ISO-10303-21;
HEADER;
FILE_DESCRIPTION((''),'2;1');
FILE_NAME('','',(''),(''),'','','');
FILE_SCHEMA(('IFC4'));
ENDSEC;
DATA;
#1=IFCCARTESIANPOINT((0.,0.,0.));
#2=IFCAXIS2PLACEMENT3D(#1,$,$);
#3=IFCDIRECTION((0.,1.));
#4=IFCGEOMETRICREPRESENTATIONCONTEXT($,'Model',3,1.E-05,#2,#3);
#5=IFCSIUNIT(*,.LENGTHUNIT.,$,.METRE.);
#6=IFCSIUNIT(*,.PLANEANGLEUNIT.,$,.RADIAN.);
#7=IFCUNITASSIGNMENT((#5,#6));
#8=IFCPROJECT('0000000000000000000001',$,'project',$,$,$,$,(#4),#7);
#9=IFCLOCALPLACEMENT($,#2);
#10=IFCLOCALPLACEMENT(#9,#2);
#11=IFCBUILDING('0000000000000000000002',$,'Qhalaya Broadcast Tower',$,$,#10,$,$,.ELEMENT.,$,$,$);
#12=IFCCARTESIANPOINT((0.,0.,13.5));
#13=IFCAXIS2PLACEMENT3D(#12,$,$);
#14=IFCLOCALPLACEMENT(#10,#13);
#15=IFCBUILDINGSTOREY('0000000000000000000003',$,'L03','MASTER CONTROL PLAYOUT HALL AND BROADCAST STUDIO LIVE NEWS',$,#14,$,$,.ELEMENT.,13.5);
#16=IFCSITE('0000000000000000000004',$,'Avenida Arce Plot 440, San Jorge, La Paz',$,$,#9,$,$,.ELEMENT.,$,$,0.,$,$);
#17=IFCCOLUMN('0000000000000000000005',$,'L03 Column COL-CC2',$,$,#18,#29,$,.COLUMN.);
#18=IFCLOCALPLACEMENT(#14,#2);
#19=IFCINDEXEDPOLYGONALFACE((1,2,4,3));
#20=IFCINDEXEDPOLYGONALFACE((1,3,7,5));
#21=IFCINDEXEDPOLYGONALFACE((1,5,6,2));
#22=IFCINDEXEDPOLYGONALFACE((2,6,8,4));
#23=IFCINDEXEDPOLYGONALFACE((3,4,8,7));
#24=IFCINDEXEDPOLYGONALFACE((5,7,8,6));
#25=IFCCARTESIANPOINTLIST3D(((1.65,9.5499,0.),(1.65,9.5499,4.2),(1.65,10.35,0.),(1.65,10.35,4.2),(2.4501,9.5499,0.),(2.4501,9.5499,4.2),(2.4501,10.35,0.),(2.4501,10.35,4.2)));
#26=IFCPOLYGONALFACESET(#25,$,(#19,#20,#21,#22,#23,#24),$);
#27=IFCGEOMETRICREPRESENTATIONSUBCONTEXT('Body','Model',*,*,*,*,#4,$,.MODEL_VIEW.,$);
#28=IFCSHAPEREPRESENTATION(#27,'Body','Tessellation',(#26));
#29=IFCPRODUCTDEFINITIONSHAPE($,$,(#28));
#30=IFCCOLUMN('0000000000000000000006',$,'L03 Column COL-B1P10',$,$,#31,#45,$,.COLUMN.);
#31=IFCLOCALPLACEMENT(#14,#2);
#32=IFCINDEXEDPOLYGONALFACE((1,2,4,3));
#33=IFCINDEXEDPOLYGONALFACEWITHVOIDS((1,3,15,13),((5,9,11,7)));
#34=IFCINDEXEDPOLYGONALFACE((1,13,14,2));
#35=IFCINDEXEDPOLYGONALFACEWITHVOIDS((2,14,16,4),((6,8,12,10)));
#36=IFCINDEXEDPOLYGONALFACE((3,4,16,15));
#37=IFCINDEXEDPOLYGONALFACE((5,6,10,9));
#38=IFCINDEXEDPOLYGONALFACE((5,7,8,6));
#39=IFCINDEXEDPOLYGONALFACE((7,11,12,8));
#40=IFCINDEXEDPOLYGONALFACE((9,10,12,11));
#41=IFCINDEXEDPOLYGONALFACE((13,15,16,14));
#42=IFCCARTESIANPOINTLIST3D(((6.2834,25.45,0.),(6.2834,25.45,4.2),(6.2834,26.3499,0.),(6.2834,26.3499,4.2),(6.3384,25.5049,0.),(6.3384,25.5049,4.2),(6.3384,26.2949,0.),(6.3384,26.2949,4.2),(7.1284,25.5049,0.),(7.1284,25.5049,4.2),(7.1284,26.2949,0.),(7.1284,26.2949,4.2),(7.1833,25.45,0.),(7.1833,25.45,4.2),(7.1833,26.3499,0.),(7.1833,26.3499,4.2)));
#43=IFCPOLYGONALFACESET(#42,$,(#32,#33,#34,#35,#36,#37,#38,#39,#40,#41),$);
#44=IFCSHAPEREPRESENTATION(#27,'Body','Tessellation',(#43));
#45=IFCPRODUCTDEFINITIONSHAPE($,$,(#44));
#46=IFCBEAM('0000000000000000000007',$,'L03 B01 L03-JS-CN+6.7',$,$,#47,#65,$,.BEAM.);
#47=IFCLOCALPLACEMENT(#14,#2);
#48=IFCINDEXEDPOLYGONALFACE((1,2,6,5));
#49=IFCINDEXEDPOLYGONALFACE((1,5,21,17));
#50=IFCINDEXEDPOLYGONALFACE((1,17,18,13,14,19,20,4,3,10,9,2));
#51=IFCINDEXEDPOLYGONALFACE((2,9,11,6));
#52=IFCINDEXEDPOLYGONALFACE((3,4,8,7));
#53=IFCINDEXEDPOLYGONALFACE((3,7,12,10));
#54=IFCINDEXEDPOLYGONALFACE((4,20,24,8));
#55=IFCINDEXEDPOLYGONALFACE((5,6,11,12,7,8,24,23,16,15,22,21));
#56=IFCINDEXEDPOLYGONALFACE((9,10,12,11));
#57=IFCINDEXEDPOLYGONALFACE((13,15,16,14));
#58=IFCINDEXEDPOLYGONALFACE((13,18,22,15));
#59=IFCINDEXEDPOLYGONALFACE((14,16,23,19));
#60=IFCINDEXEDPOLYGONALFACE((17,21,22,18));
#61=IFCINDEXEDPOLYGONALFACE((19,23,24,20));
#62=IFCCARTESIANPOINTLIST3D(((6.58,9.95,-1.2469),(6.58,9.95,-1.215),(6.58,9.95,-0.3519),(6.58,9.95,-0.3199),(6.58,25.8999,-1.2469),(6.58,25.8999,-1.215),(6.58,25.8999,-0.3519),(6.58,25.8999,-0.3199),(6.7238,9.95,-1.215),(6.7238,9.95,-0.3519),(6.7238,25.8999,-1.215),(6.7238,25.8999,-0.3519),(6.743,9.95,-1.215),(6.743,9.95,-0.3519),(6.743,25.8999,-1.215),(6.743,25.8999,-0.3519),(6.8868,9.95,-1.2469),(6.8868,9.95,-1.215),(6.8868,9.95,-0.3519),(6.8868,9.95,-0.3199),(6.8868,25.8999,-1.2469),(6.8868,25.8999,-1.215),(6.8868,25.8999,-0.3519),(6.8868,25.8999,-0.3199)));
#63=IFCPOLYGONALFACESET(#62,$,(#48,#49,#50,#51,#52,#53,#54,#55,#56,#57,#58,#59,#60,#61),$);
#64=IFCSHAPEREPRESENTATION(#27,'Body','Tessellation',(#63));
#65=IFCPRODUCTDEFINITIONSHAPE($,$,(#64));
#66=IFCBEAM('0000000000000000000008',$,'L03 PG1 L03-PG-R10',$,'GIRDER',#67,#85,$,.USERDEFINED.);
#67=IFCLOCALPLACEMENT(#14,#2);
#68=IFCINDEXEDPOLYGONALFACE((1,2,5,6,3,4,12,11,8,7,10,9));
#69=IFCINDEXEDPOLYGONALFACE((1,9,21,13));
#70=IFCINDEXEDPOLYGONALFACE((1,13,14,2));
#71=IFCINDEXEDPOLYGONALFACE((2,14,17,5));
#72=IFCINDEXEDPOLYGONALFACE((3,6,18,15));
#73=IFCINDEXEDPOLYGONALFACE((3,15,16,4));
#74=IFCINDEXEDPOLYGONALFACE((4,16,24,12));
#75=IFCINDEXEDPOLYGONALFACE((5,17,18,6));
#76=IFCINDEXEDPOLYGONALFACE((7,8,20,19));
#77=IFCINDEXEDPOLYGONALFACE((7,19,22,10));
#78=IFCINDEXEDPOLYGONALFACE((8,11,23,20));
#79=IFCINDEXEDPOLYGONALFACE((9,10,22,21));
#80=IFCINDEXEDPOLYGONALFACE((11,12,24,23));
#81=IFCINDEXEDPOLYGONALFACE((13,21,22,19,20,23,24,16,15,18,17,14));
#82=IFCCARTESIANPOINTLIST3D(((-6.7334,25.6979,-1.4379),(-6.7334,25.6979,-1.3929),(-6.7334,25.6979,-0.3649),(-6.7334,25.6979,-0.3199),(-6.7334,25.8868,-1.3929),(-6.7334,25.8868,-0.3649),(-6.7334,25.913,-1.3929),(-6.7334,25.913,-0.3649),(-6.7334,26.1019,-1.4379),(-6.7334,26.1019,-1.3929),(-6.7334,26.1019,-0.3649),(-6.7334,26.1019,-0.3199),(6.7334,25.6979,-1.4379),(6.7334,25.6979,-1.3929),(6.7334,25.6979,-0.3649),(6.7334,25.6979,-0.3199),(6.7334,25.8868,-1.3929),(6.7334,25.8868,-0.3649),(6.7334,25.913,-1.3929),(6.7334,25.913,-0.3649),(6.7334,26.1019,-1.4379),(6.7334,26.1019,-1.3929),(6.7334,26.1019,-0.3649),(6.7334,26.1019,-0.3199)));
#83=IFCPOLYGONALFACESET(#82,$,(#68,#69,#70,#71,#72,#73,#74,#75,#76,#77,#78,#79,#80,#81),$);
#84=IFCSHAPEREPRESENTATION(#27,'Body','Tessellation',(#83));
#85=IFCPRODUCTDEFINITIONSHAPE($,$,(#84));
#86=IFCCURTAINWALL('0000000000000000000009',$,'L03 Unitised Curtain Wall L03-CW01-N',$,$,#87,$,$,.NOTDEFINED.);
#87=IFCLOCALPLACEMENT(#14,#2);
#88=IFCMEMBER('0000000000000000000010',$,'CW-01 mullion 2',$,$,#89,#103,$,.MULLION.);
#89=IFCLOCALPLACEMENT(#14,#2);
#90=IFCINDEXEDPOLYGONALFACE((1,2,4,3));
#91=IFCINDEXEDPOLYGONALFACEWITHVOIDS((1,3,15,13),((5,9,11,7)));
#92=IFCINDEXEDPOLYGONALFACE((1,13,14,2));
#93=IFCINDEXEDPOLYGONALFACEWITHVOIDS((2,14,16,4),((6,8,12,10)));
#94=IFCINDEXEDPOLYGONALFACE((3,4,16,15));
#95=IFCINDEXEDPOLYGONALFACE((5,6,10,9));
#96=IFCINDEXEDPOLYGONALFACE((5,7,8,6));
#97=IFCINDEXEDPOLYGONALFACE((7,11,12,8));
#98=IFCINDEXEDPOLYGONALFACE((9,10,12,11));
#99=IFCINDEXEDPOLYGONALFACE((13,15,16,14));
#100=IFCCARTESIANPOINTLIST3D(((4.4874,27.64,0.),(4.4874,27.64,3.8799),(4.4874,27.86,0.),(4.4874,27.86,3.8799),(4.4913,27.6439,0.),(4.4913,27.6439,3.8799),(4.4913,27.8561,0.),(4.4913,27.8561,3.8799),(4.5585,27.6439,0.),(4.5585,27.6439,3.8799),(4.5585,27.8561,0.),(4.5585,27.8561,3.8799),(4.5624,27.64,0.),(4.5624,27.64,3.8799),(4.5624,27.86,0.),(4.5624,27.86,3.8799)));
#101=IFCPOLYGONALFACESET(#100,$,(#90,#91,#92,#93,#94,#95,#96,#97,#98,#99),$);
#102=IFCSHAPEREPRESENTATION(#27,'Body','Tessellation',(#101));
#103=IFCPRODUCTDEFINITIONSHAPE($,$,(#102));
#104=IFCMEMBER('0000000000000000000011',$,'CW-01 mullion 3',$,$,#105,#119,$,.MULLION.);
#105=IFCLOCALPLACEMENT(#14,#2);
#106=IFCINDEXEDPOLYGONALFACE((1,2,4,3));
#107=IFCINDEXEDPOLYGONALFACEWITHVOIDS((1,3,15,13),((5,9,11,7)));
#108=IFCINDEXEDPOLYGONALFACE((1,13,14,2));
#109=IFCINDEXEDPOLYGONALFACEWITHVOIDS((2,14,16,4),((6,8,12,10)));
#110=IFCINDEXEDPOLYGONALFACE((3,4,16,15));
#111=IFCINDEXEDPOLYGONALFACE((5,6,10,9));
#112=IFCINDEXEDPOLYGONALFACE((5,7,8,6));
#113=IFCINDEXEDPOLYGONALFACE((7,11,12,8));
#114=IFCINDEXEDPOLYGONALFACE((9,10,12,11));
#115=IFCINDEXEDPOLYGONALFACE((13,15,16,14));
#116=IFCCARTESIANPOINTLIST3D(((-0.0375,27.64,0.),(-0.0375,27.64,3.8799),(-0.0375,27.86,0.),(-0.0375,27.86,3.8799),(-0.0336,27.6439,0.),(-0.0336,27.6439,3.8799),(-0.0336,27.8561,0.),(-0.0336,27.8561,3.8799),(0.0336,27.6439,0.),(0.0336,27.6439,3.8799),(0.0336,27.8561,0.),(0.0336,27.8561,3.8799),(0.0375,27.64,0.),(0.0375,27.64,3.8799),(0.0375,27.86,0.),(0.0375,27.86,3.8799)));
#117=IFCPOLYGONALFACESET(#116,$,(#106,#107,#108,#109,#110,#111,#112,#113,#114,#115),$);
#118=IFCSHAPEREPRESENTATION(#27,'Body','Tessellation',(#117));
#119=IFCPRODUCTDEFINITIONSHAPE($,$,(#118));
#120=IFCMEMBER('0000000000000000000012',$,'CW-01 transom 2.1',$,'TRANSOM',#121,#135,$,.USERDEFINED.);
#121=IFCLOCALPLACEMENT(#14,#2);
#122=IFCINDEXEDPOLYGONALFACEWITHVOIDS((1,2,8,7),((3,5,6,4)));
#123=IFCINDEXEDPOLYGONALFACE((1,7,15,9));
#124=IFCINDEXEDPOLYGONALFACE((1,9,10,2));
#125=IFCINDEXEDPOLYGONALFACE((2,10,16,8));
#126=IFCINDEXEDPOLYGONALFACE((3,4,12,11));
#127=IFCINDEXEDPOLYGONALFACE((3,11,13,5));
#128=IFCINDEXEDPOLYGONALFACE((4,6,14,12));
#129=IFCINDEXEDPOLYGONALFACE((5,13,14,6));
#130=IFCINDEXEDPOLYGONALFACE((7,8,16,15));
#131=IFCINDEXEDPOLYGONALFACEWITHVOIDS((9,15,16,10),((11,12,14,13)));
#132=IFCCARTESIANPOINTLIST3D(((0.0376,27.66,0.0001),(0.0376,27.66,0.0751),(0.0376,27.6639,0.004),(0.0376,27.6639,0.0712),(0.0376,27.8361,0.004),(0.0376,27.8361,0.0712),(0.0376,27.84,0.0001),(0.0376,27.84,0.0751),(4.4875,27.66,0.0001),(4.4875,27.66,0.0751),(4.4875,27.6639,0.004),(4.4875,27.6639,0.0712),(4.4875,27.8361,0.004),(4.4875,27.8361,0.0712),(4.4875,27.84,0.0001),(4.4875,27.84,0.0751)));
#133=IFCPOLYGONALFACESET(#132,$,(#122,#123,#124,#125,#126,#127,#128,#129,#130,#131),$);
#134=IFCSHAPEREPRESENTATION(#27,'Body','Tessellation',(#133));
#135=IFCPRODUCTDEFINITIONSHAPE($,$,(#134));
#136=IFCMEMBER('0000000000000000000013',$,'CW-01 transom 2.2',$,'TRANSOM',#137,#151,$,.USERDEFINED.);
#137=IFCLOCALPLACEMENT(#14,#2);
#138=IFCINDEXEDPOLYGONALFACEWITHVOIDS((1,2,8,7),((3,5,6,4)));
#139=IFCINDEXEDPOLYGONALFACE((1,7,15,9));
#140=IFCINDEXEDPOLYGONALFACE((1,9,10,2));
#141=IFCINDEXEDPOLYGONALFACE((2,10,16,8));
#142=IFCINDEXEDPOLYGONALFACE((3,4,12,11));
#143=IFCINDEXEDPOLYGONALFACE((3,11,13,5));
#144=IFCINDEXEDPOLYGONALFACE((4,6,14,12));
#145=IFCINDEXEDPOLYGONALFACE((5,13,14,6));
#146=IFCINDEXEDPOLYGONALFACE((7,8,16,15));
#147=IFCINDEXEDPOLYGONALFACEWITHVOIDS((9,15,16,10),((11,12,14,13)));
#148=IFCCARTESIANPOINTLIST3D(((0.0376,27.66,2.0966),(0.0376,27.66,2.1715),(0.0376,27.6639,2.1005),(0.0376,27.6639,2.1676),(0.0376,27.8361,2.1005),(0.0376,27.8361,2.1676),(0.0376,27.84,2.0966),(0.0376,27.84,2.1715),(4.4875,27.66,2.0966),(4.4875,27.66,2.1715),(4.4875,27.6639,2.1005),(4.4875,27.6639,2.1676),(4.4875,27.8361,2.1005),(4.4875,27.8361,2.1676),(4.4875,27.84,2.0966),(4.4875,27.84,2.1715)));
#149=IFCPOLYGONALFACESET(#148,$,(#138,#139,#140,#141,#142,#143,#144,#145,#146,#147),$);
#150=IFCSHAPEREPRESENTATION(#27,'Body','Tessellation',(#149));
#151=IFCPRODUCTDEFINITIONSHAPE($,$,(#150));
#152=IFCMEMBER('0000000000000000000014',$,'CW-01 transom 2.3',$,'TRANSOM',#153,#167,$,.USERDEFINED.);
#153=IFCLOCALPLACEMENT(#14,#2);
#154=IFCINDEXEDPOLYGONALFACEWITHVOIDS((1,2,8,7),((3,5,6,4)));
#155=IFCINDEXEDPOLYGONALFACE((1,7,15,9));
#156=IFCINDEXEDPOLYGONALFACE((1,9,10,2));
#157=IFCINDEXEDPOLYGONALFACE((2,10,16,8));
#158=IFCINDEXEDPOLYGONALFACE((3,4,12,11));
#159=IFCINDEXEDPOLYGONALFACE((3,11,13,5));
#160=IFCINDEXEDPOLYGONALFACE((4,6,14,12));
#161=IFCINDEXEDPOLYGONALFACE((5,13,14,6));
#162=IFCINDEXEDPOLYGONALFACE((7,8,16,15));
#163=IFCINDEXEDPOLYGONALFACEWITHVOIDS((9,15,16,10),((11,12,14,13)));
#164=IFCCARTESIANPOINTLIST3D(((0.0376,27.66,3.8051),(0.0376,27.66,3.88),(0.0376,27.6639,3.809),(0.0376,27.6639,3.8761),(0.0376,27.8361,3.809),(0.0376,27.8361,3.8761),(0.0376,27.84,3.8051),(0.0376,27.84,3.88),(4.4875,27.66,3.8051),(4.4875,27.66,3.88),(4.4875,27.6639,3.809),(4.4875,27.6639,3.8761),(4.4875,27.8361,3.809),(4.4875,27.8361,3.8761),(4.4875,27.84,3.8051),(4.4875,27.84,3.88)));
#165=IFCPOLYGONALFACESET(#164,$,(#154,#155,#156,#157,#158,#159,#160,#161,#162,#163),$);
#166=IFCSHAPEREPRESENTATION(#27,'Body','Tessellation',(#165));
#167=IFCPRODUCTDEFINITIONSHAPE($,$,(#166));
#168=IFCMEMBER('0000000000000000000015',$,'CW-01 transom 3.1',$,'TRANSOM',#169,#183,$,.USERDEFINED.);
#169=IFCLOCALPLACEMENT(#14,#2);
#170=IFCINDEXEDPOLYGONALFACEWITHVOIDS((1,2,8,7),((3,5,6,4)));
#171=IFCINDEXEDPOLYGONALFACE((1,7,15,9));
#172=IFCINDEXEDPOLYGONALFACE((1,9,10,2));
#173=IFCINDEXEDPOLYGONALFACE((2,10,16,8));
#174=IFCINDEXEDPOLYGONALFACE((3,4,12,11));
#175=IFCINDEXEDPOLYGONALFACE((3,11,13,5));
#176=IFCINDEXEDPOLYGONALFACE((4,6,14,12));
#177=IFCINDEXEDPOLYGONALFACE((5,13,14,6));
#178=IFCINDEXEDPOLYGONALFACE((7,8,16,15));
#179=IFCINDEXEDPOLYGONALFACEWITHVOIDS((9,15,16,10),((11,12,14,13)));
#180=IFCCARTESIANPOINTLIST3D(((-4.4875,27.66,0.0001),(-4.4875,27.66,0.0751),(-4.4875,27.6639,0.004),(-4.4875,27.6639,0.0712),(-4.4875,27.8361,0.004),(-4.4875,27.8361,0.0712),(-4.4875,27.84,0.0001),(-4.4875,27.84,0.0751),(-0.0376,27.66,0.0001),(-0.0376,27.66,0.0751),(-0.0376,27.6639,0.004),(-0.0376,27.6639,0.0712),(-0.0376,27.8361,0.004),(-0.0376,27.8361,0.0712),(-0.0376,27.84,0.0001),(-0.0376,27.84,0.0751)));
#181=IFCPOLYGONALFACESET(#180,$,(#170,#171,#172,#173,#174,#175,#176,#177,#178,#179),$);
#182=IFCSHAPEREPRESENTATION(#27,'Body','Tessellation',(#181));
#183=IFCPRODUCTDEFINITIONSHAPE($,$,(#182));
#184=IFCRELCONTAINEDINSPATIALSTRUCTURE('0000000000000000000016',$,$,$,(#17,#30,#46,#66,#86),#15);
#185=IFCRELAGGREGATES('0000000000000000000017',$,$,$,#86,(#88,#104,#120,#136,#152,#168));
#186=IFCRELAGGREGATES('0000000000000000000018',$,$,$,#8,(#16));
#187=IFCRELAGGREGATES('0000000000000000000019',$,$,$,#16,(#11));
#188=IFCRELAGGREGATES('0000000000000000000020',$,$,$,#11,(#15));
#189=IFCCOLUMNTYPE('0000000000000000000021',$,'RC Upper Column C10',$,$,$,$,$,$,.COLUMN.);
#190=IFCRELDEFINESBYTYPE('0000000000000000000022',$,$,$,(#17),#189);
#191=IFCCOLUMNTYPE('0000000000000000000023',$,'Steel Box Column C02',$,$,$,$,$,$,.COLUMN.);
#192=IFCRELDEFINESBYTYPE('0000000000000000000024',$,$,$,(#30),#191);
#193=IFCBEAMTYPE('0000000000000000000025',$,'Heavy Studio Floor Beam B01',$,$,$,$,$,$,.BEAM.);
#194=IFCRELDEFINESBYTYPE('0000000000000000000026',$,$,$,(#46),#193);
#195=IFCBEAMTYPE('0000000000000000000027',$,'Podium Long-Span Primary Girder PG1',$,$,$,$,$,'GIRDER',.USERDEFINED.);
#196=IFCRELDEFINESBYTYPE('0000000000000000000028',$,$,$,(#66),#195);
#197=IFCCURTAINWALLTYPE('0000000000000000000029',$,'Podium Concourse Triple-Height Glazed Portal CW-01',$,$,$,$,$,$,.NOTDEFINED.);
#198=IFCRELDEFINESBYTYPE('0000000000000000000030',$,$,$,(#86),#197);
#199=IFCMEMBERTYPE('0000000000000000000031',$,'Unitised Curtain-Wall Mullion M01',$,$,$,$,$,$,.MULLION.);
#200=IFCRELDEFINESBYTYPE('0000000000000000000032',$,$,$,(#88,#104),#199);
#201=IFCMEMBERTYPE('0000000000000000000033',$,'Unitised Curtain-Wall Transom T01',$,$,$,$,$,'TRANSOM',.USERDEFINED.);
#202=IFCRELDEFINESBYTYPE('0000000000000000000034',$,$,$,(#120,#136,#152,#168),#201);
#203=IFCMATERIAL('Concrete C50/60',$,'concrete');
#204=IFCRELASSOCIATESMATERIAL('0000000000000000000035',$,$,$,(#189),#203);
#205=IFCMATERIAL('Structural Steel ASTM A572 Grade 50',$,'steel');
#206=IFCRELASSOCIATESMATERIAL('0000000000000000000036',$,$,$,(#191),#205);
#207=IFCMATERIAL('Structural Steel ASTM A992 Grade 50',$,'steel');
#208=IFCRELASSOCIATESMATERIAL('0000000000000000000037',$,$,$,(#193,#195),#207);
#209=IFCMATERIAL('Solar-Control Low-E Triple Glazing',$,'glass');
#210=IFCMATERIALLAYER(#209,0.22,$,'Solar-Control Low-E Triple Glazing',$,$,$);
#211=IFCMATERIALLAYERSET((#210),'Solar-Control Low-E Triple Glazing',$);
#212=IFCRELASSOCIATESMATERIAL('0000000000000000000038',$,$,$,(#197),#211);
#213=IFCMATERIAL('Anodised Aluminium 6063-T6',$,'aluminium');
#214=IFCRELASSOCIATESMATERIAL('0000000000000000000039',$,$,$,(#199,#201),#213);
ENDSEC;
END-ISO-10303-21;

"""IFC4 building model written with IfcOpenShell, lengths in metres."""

from ifc_helpers import new_model, si_unit, direction, frame, origin, origin_2d, place, context, subcontext, project, spatial, rectangle, hollow_rectangle, i_section, extrude, material, layer, layer_set, material_profile, profile_set, type_object, element, aggregate, save


model = new_model("IFC4")

# Units and contexts
model_context = context("Model", 3, precision=1e-05, world=origin(), true_north=direction((0.0, 1.0)))
body_context = subcontext(model_context, "Body", "Model", "MODEL_VIEW")
ifc_project = project(units=[si_unit("LENGTHUNIT", "METRE"), si_unit("PLANEANGLEUNIT", "RADIAN")], contexts=[model_context])

# Site, building, storey
site_placement = place(None, origin())
site = spatial("IfcSite", under=ifc_project, at=site_placement, Name="Avenida Arce Plot 440, San Jorge, La Paz", CompositionType="ELEMENT", RefElevation=0.0)
building_placement = place(site_placement, origin())
building = spatial("IfcBuilding", under=site, at=building_placement, Name="Qhalaya Broadcast Tower", CompositionType="ELEMENT")
storey_placement = place(building_placement, frame((0.0, 0.0, 13.5)))
storey = spatial("IfcBuildingStorey", under=building, at=storey_placement, Name="L03", Description="MASTER CONTROL PLAYOUT HALL AND BROADCAST STUDIO LIVE NEWS", CompositionType="ELEMENT", Elevation=13.5)

# Columns
ifc_material_1 = material(Name="Concrete C50/60", Category="concrete")
ifc_material_profile_1 = material_profile(ifc_material_1, rectangle(XDim=0.8, YDim=0.8, at=origin_2d()), Name="RC-COL 800x800")
ifc_profile_set_1 = profile_set([ifc_material_profile_1], Name="Concrete C50/60")
column_type_1 = type_object("IfcColumnType", Name="RC Upper Column C10", PredefinedType="COLUMN", material=ifc_profile_set_1)
column_1_placement = place(storey_placement, frame((2.05, 9.95, 0.0), z_axis=(0.0, 0.0, 1.0), x_axis=(1.0, 0.0, 0.0)))
element("IfcColumn", 1, at=column_1_placement, inside=storey, type_object=column_type_1, Name="L03 Column COL-CC2", PredefinedType="COLUMN", context=body_context, shape_type="SweptSolid", body=[
    extrude(rectangle(XDim=0.8, YDim=0.8, at=origin_2d()), origin(), (0.0, 0.0, 1.0), 4.2),
])
ifc_material_2 = material(Name="Structural Steel ASTM A572 Grade 50", Category="steel")
ifc_material_profile_2 = material_profile(ifc_material_2, hollow_rectangle(XDim=0.8999, YDim=0.8999, WallThickness=0.0549, at=origin_2d()), Name="BOX 900x900x55")
ifc_profile_set_2 = profile_set([ifc_material_profile_2], Name="Structural Steel ASTM A572 Grade 50")
column_type_2 = type_object("IfcColumnType", Name="Steel Box Column C02", PredefinedType="COLUMN", material=ifc_profile_set_2)
column_2_placement = place(storey_placement, frame((6.7334, 25.8999, 0.0), z_axis=(0.0, 0.0, 1.0), x_axis=(1.0, 0.0, 0.0)))
element("IfcColumn", 2, at=column_2_placement, inside=storey, type_object=column_type_2, Name="L03 Column COL-B1P10", PredefinedType="COLUMN", context=body_context, shape_type="SweptSolid", body=[
    extrude(hollow_rectangle(XDim=0.8999, YDim=0.8999, WallThickness=0.0549, at=origin_2d()), origin(), (0.0, 0.0, 1.0), 4.2),
])

# Beams
ifc_material_3 = material(Name="Structural Steel ASTM A992 Grade 50", Category="steel")
ifc_material_profile_3 = material_profile(ifc_material_3, i_section(OverallWidth=0.3069, OverallDepth=0.927, WebThickness=0.0193, FlangeThickness=0.032, at=origin_2d()), Name="W36X194")
ifc_profile_set_3 = profile_set([ifc_material_profile_3], Name="Structural Steel ASTM A992 Grade 50")
beam_type_1 = type_object("IfcBeamType", Name="Heavy Studio Floor Beam B01", PredefinedType="BEAM", material=ifc_profile_set_3)
beam_1_placement = place(storey_placement, frame((6.7334, 9.95, -0.7834), z_axis=(0.0, 1.0, 0.0), x_axis=(-1.0, 0.0, 0.0)))
element("IfcBeam", 3, at=beam_1_placement, inside=storey, type_object=beam_type_1, Name="L03 B01 L03-JS-CN+6.7", PredefinedType="BEAM", context=body_context, shape_type="SweptSolid", body=[
    extrude(i_section(OverallWidth=0.3069, OverallDepth=0.927, WebThickness=0.0193, FlangeThickness=0.032, at=origin_2d()), origin(), (0.0, 0.0, 1.0), 15.95),
])
ifc_material_profile_4 = material_profile(ifc_material_3, i_section(OverallWidth=0.4041, OverallDepth=1.1179, WebThickness=0.0261, FlangeThickness=0.0449, at=origin_2d()), Name="W44X335")
ifc_profile_set_4 = profile_set([ifc_material_profile_4], Name="Structural Steel ASTM A992 Grade 50")
beam_type_2 = type_object("IfcBeamType", Name="Podium Long-Span Primary Girder PG1", ElementType="GIRDER", PredefinedType="USERDEFINED", material=ifc_profile_set_4)
beam_2_placement = place(storey_placement, frame((6.7334, 25.8999, -0.8789), z_axis=(-1.0, 0.0, 0.0), x_axis=(0.0, -1.0, 0.0)))
element("IfcBeam", 4, at=beam_2_placement, inside=storey, type_object=beam_type_2, Name="L03 PG1 L03-PG-R10", ObjectType="GIRDER", PredefinedType="USERDEFINED", context=body_context, shape_type="SweptSolid", body=[
    extrude(i_section(OverallWidth=0.4041, OverallDepth=1.1179, WebThickness=0.0261, FlangeThickness=0.0449, at=origin_2d()), origin(), (0.0, 0.0, 1.0), 13.4668),
])

# Curtain wall, members
ifc_material_4 = material(Name="Solar-Control Low-E Triple Glazing", Category="glass")
ifc_layer_1 = layer(ifc_material_4, 0.22, Name="Solar-Control Low-E Triple Glazing")
ifc_layer_set_1 = layer_set([ifc_layer_1], Name="Solar-Control Low-E Triple Glazing")
curtain_wall_type = type_object("IfcCurtainWallType", Name="Podium Concourse Triple-Height Glazed Portal CW-01", PredefinedType="NOTDEFINED", material=ifc_layer_set_1)
curtain_wall_placement = place(storey_placement, origin())
curtain_wall = element("IfcCurtainWall", 5, at=curtain_wall_placement, inside=storey, type_object=curtain_wall_type, Name="L03 Unitised Curtain Wall L03-CW01-N", PredefinedType="NOTDEFINED")
ifc_material_5 = material(Name="Anodised Aluminium 6063-T6", Category="aluminium")
ifc_material_profile_5 = material_profile(ifc_material_5, hollow_rectangle(XDim=0.075, YDim=0.22, WallThickness=0.0039, at=origin_2d()), Name="ALU-MUL 75x220x4")
ifc_profile_set_5 = profile_set([ifc_material_profile_5], Name="Anodised Aluminium 6063-T6")
member_type_1 = type_object("IfcMemberType", Name="Unitised Curtain-Wall Mullion M01", PredefinedType="MULLION", material=ifc_profile_set_5)
member_1_placement = place(storey_placement, frame((4.5249, 27.75, 0.0), z_axis=(0.0, 0.0, 1.0), x_axis=(-1.0, 0.0, 0.0)))
member_1 = element("IfcMember", 6, at=member_1_placement, type_object=member_type_1, Name="CW-01 mullion 2", PredefinedType="MULLION", context=body_context, shape_type="SweptSolid", body=[
    extrude(hollow_rectangle(XDim=0.075, YDim=0.22, WallThickness=0.0039, at=origin_2d()), origin(), (0.0, 0.0, 1.0), 3.8799),
])
member_2_placement = place(storey_placement, frame((0.0, 27.75, 0.0), z_axis=(0.0, 0.0, 1.0), x_axis=(-1.0, 0.0, 0.0)))
member_2 = element("IfcMember", 7, at=member_2_placement, type_object=member_type_1, Name="CW-01 mullion 3", PredefinedType="MULLION", context=body_context, shape_type="SweptSolid", body=[
    extrude(hollow_rectangle(XDim=0.075, YDim=0.22, WallThickness=0.0039, at=origin_2d()), origin(), (0.0, 0.0, 1.0), 3.8799),
])
ifc_material_profile_6 = material_profile(ifc_material_5, hollow_rectangle(XDim=0.075, YDim=0.1799, WallThickness=0.0039, at=origin_2d()), Name="ALU-TRN 75x180x4")
ifc_profile_set_6 = profile_set([ifc_material_profile_6], Name="Anodised Aluminium 6063-T6")
member_type_2 = type_object("IfcMemberType", Name="Unitised Curtain-Wall Transom T01", ElementType="TRANSOM", PredefinedType="USERDEFINED", material=ifc_profile_set_6)
member_3_placement = place(storey_placement, frame((4.4875, 27.75, 0.0376), z_axis=(-1.0, 0.0, 0.0), x_axis=(0.0, 0.0, 1.0)))
member_3 = element("IfcMember", 8, at=member_3_placement, type_object=member_type_2, Name="CW-01 transom 2.1", ObjectType="TRANSOM", PredefinedType="USERDEFINED", context=body_context, shape_type="SweptSolid", body=[
    extrude(hollow_rectangle(XDim=0.075, YDim=0.1799, WallThickness=0.0039, at=origin_2d()), origin(), (0.0, 0.0, 1.0), 4.45),
])
member_4_placement = place(storey_placement, frame((4.4875, 27.75, 2.134), z_axis=(-1.0, 0.0, 0.0), x_axis=(0.0, 0.0, 1.0)))
member_4 = element("IfcMember", 9, at=member_4_placement, type_object=member_type_2, Name="CW-01 transom 2.2", ObjectType="TRANSOM", PredefinedType="USERDEFINED", context=body_context, shape_type="SweptSolid", body=[
    extrude(hollow_rectangle(XDim=0.075, YDim=0.1799, WallThickness=0.0039, at=origin_2d()), origin(), (0.0, 0.0, 1.0), 4.45),
])
member_5_placement = place(storey_placement, frame((4.4875, 27.75, 3.8425), z_axis=(-1.0, 0.0, 0.0), x_axis=(0.0, 0.0, 1.0)))
member_5 = element("IfcMember", 10, at=member_5_placement, type_object=member_type_2, Name="CW-01 transom 2.3", ObjectType="TRANSOM", PredefinedType="USERDEFINED", context=body_context, shape_type="SweptSolid", body=[
    extrude(hollow_rectangle(XDim=0.075, YDim=0.1799, WallThickness=0.0039, at=origin_2d()), origin(), (0.0, 0.0, 1.0), 4.45),
])
member_6_placement = place(storey_placement, frame((-0.0376, 27.75, 0.0376), z_axis=(-1.0, 0.0, 0.0), x_axis=(0.0, 0.0, 1.0)))
member_6 = element("IfcMember", 11, at=member_6_placement, type_object=member_type_2, Name="CW-01 transom 3.1", ObjectType="TRANSOM", PredefinedType="USERDEFINED", context=body_context, shape_type="SweptSolid", body=[
    extrude(hollow_rectangle(XDim=0.075, YDim=0.1799, WallThickness=0.0039, at=origin_2d()), origin(), (0.0, 0.0, 1.0), 4.45),
])
aggregate(curtain_wall, [member_1, member_2, member_3, member_4, member_5, member_6])

save(model, "model.ifc")
